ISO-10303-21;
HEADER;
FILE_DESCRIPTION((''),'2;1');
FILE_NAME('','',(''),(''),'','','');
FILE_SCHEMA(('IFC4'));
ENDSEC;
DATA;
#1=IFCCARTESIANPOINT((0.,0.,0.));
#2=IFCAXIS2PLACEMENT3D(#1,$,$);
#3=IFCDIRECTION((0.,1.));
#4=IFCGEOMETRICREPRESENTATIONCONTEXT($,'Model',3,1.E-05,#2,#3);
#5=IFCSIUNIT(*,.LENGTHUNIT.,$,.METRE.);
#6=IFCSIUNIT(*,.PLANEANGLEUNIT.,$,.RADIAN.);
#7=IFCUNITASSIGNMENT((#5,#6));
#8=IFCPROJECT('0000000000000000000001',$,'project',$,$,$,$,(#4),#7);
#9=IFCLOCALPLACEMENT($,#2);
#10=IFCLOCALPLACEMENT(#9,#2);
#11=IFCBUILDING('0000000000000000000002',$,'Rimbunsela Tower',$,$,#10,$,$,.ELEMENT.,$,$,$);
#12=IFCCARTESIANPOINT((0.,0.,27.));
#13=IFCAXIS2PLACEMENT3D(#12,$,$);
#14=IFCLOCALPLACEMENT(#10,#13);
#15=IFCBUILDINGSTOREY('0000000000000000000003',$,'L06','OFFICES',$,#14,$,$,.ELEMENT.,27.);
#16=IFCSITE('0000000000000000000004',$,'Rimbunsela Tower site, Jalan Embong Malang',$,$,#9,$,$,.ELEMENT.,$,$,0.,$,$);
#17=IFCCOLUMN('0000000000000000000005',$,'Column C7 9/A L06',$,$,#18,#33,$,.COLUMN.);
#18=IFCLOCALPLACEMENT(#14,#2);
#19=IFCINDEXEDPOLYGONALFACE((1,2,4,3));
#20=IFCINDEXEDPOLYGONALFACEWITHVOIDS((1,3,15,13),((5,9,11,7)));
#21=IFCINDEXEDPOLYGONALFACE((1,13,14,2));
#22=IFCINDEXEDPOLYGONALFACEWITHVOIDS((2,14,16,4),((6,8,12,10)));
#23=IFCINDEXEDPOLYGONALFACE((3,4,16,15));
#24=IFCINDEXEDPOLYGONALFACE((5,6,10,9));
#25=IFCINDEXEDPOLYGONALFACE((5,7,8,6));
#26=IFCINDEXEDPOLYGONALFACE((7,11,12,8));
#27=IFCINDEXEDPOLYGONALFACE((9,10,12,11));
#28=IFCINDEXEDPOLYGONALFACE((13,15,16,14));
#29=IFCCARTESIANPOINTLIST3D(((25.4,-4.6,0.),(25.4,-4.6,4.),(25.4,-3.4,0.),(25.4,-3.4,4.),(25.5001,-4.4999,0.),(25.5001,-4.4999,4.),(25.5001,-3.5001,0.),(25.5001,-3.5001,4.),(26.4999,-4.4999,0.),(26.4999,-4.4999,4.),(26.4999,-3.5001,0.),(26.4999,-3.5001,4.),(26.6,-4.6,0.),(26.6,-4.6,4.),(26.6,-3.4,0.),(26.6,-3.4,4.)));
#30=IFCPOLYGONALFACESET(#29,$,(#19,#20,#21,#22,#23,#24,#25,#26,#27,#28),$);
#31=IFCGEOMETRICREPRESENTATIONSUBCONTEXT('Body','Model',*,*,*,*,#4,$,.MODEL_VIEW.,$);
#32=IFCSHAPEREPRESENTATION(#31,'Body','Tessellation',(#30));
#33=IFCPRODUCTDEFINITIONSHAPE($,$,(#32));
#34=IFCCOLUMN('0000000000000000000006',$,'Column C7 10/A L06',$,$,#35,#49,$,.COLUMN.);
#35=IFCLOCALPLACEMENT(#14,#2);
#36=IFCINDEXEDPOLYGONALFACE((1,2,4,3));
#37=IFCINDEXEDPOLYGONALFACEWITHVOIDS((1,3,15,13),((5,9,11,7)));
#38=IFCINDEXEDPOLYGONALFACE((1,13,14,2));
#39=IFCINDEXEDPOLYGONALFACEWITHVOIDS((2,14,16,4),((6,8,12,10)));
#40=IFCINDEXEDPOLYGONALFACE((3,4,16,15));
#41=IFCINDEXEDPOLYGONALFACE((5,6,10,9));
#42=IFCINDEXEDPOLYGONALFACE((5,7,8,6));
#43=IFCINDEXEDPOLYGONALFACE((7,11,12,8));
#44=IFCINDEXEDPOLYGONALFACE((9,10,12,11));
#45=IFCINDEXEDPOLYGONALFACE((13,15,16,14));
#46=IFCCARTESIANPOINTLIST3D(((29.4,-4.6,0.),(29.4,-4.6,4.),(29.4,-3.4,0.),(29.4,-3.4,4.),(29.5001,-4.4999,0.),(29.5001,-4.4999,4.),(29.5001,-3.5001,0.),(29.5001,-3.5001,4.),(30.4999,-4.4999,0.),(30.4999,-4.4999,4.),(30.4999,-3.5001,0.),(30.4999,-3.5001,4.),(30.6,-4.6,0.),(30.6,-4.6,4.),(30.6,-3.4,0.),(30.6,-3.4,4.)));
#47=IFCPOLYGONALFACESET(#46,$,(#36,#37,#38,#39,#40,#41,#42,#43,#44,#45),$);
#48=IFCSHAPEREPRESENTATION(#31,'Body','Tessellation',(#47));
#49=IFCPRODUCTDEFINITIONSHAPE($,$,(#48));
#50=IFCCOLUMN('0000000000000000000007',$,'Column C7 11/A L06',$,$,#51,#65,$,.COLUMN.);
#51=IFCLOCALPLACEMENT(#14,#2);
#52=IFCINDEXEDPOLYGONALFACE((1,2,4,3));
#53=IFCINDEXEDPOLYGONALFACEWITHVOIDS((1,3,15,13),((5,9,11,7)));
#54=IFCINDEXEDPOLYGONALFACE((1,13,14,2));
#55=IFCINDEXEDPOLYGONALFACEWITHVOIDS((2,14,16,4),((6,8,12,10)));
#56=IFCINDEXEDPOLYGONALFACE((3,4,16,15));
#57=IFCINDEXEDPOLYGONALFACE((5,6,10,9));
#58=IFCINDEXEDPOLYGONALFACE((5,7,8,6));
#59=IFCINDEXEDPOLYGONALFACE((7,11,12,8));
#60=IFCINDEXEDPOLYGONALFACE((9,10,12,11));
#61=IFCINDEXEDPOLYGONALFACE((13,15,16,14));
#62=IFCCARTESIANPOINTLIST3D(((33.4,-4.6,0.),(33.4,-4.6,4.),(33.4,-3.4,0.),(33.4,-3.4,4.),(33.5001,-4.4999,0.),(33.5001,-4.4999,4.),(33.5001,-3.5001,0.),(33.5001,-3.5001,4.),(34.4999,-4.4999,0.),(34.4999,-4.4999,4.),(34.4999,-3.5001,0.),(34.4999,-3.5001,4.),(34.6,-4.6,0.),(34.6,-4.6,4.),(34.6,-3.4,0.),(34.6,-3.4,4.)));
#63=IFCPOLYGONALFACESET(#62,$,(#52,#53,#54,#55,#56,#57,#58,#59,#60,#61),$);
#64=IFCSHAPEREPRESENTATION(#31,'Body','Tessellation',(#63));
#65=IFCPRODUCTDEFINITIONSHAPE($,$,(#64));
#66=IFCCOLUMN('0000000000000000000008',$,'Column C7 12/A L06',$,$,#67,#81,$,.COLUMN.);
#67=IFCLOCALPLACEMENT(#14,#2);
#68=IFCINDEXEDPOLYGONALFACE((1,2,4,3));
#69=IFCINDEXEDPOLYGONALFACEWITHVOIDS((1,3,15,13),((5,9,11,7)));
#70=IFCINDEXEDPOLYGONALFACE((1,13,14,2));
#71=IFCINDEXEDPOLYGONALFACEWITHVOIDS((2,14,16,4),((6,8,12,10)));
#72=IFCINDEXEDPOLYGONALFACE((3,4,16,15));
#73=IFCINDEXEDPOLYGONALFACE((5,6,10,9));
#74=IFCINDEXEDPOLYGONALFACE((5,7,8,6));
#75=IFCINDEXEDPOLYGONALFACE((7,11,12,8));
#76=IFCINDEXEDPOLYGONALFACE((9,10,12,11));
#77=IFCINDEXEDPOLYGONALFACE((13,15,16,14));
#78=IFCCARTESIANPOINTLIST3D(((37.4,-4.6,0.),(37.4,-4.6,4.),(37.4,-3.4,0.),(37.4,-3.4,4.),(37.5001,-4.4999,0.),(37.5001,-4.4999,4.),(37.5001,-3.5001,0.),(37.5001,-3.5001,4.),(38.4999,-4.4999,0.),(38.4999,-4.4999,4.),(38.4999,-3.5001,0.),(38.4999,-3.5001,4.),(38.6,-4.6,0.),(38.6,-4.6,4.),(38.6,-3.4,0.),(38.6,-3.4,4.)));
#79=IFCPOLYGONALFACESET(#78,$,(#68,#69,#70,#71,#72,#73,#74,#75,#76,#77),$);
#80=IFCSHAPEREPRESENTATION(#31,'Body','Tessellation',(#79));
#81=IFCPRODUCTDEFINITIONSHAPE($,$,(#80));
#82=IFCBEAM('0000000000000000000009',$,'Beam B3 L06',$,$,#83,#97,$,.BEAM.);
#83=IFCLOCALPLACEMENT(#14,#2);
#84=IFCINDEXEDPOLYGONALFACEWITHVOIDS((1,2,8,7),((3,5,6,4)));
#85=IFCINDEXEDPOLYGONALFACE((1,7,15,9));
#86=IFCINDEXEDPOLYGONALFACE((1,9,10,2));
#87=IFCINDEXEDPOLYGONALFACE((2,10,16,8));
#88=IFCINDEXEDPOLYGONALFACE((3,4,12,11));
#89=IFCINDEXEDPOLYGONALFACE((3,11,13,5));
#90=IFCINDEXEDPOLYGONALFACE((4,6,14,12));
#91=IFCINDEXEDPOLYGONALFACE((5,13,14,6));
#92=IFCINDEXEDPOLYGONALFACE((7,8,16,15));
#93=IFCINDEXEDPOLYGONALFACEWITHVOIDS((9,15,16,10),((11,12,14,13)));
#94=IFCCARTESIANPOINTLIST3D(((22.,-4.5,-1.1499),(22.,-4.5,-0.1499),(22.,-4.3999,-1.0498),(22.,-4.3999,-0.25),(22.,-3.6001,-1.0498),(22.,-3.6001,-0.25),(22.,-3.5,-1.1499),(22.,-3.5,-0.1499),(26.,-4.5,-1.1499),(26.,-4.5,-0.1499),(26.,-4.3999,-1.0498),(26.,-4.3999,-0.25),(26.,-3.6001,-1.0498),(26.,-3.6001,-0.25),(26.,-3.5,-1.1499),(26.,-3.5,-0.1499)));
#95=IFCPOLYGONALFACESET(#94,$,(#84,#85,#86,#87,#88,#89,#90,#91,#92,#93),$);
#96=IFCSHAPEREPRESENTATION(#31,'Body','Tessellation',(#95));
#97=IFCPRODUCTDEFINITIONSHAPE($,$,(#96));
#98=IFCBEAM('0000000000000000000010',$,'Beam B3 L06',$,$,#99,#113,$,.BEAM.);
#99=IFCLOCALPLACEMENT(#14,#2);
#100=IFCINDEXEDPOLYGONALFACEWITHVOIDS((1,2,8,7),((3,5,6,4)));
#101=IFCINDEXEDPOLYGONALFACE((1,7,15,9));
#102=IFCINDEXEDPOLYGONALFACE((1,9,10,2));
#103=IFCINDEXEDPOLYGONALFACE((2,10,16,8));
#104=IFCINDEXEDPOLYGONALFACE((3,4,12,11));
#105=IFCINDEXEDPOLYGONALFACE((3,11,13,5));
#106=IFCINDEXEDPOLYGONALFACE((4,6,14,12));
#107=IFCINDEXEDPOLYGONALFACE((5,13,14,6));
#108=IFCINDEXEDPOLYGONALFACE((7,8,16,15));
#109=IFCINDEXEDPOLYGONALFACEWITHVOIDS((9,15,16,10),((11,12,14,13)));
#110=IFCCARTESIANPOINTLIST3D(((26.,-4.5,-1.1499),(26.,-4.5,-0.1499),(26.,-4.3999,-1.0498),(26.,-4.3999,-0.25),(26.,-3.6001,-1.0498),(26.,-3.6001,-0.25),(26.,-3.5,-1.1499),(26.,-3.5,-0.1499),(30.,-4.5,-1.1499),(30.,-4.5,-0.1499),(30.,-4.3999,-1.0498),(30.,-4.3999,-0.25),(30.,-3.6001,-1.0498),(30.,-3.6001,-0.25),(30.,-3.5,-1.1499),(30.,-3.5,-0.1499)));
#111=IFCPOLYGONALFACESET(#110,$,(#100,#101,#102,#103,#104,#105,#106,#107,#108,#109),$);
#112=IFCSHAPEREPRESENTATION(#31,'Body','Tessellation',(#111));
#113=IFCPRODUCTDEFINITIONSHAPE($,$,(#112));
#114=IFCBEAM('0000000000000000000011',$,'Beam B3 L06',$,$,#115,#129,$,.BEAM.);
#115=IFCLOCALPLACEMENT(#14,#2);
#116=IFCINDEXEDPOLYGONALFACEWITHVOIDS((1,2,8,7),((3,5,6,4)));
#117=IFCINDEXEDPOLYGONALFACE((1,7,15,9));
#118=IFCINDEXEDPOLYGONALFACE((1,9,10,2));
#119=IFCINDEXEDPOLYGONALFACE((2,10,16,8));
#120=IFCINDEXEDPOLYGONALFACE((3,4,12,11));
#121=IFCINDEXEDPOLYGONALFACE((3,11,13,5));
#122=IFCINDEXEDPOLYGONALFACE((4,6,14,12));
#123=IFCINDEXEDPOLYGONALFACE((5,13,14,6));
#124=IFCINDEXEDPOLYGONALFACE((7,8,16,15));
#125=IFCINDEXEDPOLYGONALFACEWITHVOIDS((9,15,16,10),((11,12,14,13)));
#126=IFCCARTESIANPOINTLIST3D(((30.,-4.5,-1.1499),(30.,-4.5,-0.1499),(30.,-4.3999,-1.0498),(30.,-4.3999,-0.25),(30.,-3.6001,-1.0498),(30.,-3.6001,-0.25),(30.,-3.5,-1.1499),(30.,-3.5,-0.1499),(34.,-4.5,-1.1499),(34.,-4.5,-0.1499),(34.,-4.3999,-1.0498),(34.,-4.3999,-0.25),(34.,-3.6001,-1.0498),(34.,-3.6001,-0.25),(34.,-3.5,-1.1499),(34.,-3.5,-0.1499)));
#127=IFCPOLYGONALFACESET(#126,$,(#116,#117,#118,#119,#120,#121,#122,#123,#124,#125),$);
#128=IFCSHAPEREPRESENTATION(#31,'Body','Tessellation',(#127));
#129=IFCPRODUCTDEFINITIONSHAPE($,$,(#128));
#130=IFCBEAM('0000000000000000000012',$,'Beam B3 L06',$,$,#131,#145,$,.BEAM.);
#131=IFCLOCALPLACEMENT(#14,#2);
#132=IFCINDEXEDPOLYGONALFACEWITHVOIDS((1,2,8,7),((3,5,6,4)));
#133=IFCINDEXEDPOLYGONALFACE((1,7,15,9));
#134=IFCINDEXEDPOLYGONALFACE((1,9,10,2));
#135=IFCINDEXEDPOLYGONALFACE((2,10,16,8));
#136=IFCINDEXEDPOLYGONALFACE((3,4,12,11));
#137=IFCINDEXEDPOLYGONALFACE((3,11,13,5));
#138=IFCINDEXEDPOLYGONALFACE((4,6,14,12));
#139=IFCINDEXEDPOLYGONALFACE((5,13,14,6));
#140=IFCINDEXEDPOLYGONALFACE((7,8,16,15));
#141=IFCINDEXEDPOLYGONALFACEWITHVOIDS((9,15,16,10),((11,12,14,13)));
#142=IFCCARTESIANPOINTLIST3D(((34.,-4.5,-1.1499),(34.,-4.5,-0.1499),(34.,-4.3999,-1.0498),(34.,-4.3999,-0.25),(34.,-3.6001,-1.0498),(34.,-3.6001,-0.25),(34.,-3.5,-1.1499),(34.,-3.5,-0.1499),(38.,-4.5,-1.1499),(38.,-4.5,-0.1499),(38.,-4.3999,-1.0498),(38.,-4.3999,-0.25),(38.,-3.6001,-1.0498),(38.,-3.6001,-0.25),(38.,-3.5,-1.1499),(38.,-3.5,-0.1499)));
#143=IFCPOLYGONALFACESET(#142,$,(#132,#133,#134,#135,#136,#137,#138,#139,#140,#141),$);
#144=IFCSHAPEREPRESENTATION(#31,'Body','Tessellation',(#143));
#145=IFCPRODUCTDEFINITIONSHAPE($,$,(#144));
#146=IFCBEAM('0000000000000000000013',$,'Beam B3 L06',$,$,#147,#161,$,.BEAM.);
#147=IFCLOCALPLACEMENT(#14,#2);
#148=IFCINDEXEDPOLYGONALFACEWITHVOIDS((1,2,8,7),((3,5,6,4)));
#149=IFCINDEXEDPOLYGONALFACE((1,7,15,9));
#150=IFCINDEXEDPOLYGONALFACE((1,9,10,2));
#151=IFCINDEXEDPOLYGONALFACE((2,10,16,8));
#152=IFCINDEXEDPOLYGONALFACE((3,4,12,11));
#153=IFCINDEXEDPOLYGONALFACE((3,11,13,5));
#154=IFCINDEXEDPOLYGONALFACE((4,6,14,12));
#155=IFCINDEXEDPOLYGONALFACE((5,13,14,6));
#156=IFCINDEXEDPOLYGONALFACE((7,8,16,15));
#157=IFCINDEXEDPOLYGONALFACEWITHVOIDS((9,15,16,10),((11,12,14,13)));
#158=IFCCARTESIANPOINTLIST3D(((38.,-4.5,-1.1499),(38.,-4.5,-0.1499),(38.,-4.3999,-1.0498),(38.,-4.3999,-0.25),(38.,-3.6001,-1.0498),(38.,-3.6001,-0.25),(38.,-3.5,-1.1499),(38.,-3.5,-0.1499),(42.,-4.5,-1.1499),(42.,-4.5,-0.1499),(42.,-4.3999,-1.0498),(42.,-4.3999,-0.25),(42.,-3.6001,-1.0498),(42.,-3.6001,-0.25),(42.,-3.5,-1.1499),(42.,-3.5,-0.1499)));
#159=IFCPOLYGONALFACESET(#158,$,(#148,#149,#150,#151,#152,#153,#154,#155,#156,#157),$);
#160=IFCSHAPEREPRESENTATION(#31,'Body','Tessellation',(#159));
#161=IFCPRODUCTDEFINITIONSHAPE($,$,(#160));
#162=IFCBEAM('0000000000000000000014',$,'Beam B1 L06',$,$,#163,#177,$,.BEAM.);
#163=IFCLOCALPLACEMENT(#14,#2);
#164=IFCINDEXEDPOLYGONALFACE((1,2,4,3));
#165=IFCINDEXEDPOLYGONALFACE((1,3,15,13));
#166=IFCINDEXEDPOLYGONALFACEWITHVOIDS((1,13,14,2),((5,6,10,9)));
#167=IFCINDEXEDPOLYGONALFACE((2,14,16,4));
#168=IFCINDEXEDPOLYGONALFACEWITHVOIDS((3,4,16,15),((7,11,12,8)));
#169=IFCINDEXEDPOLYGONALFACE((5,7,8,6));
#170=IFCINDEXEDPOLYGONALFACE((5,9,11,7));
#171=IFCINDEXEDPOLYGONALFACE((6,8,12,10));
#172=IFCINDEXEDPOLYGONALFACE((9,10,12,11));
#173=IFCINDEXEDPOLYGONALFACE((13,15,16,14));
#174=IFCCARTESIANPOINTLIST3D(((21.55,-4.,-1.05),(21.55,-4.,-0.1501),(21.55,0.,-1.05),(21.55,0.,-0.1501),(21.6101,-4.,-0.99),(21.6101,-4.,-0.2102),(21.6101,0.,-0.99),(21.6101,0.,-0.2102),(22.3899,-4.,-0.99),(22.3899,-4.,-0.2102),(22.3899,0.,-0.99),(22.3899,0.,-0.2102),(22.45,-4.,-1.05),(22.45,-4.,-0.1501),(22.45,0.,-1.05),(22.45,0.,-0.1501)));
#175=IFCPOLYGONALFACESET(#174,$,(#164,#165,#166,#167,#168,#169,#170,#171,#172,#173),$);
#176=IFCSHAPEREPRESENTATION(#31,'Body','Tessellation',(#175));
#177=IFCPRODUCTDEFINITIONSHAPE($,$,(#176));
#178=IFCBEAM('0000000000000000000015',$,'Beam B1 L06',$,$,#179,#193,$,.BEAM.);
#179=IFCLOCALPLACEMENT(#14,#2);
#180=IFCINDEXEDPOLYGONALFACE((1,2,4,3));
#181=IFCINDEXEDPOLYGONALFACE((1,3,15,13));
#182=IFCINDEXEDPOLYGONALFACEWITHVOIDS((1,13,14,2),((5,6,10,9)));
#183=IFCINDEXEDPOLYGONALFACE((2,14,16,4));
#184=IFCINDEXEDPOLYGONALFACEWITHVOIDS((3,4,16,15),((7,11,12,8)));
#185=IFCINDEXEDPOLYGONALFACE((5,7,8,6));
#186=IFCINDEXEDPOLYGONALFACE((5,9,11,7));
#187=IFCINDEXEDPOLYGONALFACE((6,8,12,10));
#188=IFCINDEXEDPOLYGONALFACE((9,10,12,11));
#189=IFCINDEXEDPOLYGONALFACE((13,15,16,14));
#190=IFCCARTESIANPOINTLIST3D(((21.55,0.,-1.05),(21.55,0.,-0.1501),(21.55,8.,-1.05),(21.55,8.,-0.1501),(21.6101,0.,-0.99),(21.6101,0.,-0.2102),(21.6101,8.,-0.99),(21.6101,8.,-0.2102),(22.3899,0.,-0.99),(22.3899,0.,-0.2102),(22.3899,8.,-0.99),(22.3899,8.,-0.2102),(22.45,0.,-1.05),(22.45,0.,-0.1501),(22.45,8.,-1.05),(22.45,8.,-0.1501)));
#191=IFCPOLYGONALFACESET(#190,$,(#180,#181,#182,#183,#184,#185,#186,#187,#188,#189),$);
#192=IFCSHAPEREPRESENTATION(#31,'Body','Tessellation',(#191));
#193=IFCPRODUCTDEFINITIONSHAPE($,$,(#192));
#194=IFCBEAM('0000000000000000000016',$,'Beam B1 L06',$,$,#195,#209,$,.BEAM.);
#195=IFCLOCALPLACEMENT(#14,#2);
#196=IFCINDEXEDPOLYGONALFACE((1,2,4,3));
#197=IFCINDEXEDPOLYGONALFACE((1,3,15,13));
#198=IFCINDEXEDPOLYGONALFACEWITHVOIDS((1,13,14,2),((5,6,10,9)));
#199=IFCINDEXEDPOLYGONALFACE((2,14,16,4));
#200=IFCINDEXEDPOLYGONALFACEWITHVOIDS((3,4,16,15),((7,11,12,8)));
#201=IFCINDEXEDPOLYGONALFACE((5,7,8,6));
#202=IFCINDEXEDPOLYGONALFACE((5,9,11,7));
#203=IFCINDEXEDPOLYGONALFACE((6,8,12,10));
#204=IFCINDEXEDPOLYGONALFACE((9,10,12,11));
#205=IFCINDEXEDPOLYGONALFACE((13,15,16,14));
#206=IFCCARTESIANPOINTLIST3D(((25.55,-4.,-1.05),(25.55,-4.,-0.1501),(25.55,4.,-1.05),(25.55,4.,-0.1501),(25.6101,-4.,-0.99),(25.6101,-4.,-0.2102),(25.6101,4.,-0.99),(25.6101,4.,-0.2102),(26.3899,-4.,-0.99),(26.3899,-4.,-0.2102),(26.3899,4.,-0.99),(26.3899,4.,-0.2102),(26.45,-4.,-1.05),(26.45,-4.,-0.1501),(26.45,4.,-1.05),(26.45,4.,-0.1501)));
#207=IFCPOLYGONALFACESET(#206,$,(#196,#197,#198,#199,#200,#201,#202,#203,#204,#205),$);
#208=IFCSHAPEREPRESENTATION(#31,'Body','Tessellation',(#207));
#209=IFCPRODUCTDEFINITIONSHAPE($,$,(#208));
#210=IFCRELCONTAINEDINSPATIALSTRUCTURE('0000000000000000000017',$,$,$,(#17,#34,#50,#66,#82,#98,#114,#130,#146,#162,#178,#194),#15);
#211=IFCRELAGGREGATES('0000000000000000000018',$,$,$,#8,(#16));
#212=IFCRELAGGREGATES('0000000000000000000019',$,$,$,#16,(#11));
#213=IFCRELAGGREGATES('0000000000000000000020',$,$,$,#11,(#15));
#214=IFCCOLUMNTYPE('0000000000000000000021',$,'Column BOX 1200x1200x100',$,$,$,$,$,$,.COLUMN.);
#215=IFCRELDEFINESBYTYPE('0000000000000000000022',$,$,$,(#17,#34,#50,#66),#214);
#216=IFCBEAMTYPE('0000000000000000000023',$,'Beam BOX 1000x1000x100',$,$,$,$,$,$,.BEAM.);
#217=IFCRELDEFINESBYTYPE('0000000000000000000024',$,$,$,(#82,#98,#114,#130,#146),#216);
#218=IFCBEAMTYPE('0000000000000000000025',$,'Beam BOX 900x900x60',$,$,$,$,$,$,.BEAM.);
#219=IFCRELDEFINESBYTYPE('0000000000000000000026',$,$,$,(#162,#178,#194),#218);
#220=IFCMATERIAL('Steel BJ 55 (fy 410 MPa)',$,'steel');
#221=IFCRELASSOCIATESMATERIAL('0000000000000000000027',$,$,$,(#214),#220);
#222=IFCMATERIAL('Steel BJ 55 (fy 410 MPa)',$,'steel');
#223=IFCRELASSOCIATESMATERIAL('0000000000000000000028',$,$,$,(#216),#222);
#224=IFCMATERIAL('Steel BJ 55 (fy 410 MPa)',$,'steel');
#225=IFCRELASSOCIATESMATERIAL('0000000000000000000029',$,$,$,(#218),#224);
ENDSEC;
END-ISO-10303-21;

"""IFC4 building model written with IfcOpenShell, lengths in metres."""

from ifc_helpers import new_model, si_unit, direction, frame, origin, origin_2d, place, context, subcontext, project, spatial, hollow_rectangle, extrude, material, material_profile, profile_set, type_object, element, save


model = new_model("IFC4")

# Units and contexts
model_context = context("Model", 3, precision=1e-05, world=origin(), true_north=direction((0.0, 1.0)))
body_context = subcontext(model_context, "Body", "Model", "MODEL_VIEW")
ifc_project = project(units=[si_unit("LENGTHUNIT", "METRE"), si_unit("PLANEANGLEUNIT", "RADIAN")], contexts=[model_context])

# Site, building, storey
site_placement = place(None, origin())
site = spatial("IfcSite", under=ifc_project, at=site_placement, Name="Rimbunsela Tower site, Jalan Embong Malang", CompositionType="ELEMENT", RefElevation=0.0)
building_placement = place(site_placement, origin())
building = spatial("IfcBuilding", under=site, at=building_placement, Name="Rimbunsela Tower", CompositionType="ELEMENT")
storey_placement = place(building_placement, frame((0.0, 0.0, 27.0)))
storey = spatial("IfcBuildingStorey", under=building, at=storey_placement, Name="L06", Description="OFFICES", CompositionType="ELEMENT", Elevation=27.0)

# Columns
ifc_material_1 = material(Name="Steel BJ 55 (fy 410 MPa)", Category="steel")
ifc_material_profile_1 = material_profile(ifc_material_1, hollow_rectangle(XDim=1.2, YDim=1.2, WallThickness=0.1001, at=origin_2d()), Name="BOX 1200x1200x100")
ifc_profile_set_1 = profile_set([ifc_material_profile_1], Name="Steel BJ 55 (fy 410 MPa)")
column_type = type_object("IfcColumnType", Name="Column BOX 1200x1200x100", PredefinedType="COLUMN", material=ifc_profile_set_1)
for number, where, z_axis, x_axis, name in (
    (1, (26.0, -4.0, 0.0), (0.0, 0.0, 1.0), (1.0, 0.0, 0.0), "Column C7 9/A L06"),
    (2, (30.0, -4.0, 0.0), (0.0, 0.0, 1.0), (1.0, 0.0, 0.0), "Column C7 10/A L06"),
    (3, (34.0, -4.0, 0.0), (0.0, 0.0, 1.0), (1.0, 0.0, 0.0), "Column C7 11/A L06"),
    (4, (38.0, -4.0, 0.0), (0.0, 0.0, 1.0), (1.0, 0.0, 0.0), "Column C7 12/A L06"),
):
    element("IfcColumn", number, at=place(storey_placement, frame(where, z_axis=z_axis, x_axis=x_axis)), inside=storey, type_object=column_type, Name=name, PredefinedType="COLUMN", context=body_context, shape_type="SweptSolid", body=[
        extrude(hollow_rectangle(XDim=1.2, YDim=1.2, WallThickness=0.1001, at=origin_2d()), origin(), (0.0, 0.0, 1.0), 4.0),
    ])

# Beams
ifc_material_2 = material(Name="Steel BJ 55 (fy 410 MPa)", Category="steel")
ifc_material_profile_2 = material_profile(ifc_material_2, hollow_rectangle(XDim=1.0, YDim=1.0, WallThickness=0.1001, at=origin_2d()), Name="BOX 1000x1000x100")
ifc_profile_set_2 = profile_set([ifc_material_profile_2], Name="Steel BJ 55 (fy 410 MPa)")
beam_type_1 = type_object("IfcBeamType", Name="Beam BOX 1000x1000x100", PredefinedType="BEAM", material=ifc_profile_set_2)
for number, where, z_axis, x_axis, name in (
    (5, (22.0, -4.0, -0.6499), (1.0, 0.0, 0.0), (0.0, 1.0, 0.0), "Beam B3 L06"),
    (6, (26.0, -4.0, -0.6499), (1.0, 0.0, 0.0), (0.0, 1.0, 0.0), "Beam B3 L06"),
    (7, (30.0, -4.0, -0.6499), (1.0, 0.0, 0.0), (0.0, 1.0, 0.0), "Beam B3 L06"),
    (8, (34.0, -4.0, -0.6499), (1.0, 0.0, 0.0), (0.0, 1.0, 0.0), "Beam B3 L06"),
    (9, (38.0, -4.0, -0.6499), (1.0, 0.0, 0.0), (0.0, 1.0, 0.0), "Beam B3 L06"),
):
    element("IfcBeam", number, at=place(storey_placement, frame(where, z_axis=z_axis, x_axis=x_axis)), inside=storey, type_object=beam_type_1, Name=name, PredefinedType="BEAM", context=body_context, shape_type="SweptSolid", body=[
        extrude(hollow_rectangle(XDim=1.0, YDim=1.0, WallThickness=0.1001, at=origin_2d()), origin(), (0.0, 0.0, 1.0), 4.0),
    ])
ifc_material_3 = material(Name="Steel BJ 55 (fy 410 MPa)", Category="steel")
ifc_material_profile_3 = material_profile(ifc_material_3, hollow_rectangle(XDim=0.8999, YDim=0.8999, WallThickness=0.0601, at=origin_2d()), Name="BOX 900x900x60")
ifc_profile_set_3 = profile_set([ifc_material_profile_3], Name="Steel BJ 55 (fy 410 MPa)")
beam_type_2 = type_object("IfcBeamType", Name="Beam BOX 900x900x60", PredefinedType="BEAM", material=ifc_profile_set_3)
beam_1_placement = place(storey_placement, frame((22.0, -4.0, -0.6001), z_axis=(0.0, 1.0, 0.0), x_axis=(-1.0, 0.0, 0.0)))
element("IfcBeam", 10, at=beam_1_placement, inside=storey, type_object=beam_type_2, Name="Beam B1 L06", PredefinedType="BEAM", context=body_context, shape_type="SweptSolid", body=[
    extrude(hollow_rectangle(XDim=0.8999, YDim=0.8999, WallThickness=0.0601, at=origin_2d()), origin(), (0.0, 0.0, 1.0), 4.0),
])
for number, where, z_axis, x_axis, name in (
    (11, (22.0, 0.0, -0.6001), (0.0, 1.0, 0.0), (-1.0, 0.0, 0.0), "Beam B1 L06"),
    (12, (26.0, -4.0, -0.6001), (0.0, 1.0, 0.0), (-1.0, 0.0, 0.0), "Beam B1 L06"),
):
    element("IfcBeam", number, at=place(storey_placement, frame(where, z_axis=z_axis, x_axis=x_axis)), inside=storey, type_object=beam_type_2, Name=name, PredefinedType="BEAM", context=body_context, shape_type="SweptSolid", body=[
        extrude(hollow_rectangle(XDim=0.8999, YDim=0.8999, WallThickness=0.0601, at=origin_2d()), origin(), (0.0, 0.0, 1.0), 8.0),
    ])

save(model, "model.ifc")
